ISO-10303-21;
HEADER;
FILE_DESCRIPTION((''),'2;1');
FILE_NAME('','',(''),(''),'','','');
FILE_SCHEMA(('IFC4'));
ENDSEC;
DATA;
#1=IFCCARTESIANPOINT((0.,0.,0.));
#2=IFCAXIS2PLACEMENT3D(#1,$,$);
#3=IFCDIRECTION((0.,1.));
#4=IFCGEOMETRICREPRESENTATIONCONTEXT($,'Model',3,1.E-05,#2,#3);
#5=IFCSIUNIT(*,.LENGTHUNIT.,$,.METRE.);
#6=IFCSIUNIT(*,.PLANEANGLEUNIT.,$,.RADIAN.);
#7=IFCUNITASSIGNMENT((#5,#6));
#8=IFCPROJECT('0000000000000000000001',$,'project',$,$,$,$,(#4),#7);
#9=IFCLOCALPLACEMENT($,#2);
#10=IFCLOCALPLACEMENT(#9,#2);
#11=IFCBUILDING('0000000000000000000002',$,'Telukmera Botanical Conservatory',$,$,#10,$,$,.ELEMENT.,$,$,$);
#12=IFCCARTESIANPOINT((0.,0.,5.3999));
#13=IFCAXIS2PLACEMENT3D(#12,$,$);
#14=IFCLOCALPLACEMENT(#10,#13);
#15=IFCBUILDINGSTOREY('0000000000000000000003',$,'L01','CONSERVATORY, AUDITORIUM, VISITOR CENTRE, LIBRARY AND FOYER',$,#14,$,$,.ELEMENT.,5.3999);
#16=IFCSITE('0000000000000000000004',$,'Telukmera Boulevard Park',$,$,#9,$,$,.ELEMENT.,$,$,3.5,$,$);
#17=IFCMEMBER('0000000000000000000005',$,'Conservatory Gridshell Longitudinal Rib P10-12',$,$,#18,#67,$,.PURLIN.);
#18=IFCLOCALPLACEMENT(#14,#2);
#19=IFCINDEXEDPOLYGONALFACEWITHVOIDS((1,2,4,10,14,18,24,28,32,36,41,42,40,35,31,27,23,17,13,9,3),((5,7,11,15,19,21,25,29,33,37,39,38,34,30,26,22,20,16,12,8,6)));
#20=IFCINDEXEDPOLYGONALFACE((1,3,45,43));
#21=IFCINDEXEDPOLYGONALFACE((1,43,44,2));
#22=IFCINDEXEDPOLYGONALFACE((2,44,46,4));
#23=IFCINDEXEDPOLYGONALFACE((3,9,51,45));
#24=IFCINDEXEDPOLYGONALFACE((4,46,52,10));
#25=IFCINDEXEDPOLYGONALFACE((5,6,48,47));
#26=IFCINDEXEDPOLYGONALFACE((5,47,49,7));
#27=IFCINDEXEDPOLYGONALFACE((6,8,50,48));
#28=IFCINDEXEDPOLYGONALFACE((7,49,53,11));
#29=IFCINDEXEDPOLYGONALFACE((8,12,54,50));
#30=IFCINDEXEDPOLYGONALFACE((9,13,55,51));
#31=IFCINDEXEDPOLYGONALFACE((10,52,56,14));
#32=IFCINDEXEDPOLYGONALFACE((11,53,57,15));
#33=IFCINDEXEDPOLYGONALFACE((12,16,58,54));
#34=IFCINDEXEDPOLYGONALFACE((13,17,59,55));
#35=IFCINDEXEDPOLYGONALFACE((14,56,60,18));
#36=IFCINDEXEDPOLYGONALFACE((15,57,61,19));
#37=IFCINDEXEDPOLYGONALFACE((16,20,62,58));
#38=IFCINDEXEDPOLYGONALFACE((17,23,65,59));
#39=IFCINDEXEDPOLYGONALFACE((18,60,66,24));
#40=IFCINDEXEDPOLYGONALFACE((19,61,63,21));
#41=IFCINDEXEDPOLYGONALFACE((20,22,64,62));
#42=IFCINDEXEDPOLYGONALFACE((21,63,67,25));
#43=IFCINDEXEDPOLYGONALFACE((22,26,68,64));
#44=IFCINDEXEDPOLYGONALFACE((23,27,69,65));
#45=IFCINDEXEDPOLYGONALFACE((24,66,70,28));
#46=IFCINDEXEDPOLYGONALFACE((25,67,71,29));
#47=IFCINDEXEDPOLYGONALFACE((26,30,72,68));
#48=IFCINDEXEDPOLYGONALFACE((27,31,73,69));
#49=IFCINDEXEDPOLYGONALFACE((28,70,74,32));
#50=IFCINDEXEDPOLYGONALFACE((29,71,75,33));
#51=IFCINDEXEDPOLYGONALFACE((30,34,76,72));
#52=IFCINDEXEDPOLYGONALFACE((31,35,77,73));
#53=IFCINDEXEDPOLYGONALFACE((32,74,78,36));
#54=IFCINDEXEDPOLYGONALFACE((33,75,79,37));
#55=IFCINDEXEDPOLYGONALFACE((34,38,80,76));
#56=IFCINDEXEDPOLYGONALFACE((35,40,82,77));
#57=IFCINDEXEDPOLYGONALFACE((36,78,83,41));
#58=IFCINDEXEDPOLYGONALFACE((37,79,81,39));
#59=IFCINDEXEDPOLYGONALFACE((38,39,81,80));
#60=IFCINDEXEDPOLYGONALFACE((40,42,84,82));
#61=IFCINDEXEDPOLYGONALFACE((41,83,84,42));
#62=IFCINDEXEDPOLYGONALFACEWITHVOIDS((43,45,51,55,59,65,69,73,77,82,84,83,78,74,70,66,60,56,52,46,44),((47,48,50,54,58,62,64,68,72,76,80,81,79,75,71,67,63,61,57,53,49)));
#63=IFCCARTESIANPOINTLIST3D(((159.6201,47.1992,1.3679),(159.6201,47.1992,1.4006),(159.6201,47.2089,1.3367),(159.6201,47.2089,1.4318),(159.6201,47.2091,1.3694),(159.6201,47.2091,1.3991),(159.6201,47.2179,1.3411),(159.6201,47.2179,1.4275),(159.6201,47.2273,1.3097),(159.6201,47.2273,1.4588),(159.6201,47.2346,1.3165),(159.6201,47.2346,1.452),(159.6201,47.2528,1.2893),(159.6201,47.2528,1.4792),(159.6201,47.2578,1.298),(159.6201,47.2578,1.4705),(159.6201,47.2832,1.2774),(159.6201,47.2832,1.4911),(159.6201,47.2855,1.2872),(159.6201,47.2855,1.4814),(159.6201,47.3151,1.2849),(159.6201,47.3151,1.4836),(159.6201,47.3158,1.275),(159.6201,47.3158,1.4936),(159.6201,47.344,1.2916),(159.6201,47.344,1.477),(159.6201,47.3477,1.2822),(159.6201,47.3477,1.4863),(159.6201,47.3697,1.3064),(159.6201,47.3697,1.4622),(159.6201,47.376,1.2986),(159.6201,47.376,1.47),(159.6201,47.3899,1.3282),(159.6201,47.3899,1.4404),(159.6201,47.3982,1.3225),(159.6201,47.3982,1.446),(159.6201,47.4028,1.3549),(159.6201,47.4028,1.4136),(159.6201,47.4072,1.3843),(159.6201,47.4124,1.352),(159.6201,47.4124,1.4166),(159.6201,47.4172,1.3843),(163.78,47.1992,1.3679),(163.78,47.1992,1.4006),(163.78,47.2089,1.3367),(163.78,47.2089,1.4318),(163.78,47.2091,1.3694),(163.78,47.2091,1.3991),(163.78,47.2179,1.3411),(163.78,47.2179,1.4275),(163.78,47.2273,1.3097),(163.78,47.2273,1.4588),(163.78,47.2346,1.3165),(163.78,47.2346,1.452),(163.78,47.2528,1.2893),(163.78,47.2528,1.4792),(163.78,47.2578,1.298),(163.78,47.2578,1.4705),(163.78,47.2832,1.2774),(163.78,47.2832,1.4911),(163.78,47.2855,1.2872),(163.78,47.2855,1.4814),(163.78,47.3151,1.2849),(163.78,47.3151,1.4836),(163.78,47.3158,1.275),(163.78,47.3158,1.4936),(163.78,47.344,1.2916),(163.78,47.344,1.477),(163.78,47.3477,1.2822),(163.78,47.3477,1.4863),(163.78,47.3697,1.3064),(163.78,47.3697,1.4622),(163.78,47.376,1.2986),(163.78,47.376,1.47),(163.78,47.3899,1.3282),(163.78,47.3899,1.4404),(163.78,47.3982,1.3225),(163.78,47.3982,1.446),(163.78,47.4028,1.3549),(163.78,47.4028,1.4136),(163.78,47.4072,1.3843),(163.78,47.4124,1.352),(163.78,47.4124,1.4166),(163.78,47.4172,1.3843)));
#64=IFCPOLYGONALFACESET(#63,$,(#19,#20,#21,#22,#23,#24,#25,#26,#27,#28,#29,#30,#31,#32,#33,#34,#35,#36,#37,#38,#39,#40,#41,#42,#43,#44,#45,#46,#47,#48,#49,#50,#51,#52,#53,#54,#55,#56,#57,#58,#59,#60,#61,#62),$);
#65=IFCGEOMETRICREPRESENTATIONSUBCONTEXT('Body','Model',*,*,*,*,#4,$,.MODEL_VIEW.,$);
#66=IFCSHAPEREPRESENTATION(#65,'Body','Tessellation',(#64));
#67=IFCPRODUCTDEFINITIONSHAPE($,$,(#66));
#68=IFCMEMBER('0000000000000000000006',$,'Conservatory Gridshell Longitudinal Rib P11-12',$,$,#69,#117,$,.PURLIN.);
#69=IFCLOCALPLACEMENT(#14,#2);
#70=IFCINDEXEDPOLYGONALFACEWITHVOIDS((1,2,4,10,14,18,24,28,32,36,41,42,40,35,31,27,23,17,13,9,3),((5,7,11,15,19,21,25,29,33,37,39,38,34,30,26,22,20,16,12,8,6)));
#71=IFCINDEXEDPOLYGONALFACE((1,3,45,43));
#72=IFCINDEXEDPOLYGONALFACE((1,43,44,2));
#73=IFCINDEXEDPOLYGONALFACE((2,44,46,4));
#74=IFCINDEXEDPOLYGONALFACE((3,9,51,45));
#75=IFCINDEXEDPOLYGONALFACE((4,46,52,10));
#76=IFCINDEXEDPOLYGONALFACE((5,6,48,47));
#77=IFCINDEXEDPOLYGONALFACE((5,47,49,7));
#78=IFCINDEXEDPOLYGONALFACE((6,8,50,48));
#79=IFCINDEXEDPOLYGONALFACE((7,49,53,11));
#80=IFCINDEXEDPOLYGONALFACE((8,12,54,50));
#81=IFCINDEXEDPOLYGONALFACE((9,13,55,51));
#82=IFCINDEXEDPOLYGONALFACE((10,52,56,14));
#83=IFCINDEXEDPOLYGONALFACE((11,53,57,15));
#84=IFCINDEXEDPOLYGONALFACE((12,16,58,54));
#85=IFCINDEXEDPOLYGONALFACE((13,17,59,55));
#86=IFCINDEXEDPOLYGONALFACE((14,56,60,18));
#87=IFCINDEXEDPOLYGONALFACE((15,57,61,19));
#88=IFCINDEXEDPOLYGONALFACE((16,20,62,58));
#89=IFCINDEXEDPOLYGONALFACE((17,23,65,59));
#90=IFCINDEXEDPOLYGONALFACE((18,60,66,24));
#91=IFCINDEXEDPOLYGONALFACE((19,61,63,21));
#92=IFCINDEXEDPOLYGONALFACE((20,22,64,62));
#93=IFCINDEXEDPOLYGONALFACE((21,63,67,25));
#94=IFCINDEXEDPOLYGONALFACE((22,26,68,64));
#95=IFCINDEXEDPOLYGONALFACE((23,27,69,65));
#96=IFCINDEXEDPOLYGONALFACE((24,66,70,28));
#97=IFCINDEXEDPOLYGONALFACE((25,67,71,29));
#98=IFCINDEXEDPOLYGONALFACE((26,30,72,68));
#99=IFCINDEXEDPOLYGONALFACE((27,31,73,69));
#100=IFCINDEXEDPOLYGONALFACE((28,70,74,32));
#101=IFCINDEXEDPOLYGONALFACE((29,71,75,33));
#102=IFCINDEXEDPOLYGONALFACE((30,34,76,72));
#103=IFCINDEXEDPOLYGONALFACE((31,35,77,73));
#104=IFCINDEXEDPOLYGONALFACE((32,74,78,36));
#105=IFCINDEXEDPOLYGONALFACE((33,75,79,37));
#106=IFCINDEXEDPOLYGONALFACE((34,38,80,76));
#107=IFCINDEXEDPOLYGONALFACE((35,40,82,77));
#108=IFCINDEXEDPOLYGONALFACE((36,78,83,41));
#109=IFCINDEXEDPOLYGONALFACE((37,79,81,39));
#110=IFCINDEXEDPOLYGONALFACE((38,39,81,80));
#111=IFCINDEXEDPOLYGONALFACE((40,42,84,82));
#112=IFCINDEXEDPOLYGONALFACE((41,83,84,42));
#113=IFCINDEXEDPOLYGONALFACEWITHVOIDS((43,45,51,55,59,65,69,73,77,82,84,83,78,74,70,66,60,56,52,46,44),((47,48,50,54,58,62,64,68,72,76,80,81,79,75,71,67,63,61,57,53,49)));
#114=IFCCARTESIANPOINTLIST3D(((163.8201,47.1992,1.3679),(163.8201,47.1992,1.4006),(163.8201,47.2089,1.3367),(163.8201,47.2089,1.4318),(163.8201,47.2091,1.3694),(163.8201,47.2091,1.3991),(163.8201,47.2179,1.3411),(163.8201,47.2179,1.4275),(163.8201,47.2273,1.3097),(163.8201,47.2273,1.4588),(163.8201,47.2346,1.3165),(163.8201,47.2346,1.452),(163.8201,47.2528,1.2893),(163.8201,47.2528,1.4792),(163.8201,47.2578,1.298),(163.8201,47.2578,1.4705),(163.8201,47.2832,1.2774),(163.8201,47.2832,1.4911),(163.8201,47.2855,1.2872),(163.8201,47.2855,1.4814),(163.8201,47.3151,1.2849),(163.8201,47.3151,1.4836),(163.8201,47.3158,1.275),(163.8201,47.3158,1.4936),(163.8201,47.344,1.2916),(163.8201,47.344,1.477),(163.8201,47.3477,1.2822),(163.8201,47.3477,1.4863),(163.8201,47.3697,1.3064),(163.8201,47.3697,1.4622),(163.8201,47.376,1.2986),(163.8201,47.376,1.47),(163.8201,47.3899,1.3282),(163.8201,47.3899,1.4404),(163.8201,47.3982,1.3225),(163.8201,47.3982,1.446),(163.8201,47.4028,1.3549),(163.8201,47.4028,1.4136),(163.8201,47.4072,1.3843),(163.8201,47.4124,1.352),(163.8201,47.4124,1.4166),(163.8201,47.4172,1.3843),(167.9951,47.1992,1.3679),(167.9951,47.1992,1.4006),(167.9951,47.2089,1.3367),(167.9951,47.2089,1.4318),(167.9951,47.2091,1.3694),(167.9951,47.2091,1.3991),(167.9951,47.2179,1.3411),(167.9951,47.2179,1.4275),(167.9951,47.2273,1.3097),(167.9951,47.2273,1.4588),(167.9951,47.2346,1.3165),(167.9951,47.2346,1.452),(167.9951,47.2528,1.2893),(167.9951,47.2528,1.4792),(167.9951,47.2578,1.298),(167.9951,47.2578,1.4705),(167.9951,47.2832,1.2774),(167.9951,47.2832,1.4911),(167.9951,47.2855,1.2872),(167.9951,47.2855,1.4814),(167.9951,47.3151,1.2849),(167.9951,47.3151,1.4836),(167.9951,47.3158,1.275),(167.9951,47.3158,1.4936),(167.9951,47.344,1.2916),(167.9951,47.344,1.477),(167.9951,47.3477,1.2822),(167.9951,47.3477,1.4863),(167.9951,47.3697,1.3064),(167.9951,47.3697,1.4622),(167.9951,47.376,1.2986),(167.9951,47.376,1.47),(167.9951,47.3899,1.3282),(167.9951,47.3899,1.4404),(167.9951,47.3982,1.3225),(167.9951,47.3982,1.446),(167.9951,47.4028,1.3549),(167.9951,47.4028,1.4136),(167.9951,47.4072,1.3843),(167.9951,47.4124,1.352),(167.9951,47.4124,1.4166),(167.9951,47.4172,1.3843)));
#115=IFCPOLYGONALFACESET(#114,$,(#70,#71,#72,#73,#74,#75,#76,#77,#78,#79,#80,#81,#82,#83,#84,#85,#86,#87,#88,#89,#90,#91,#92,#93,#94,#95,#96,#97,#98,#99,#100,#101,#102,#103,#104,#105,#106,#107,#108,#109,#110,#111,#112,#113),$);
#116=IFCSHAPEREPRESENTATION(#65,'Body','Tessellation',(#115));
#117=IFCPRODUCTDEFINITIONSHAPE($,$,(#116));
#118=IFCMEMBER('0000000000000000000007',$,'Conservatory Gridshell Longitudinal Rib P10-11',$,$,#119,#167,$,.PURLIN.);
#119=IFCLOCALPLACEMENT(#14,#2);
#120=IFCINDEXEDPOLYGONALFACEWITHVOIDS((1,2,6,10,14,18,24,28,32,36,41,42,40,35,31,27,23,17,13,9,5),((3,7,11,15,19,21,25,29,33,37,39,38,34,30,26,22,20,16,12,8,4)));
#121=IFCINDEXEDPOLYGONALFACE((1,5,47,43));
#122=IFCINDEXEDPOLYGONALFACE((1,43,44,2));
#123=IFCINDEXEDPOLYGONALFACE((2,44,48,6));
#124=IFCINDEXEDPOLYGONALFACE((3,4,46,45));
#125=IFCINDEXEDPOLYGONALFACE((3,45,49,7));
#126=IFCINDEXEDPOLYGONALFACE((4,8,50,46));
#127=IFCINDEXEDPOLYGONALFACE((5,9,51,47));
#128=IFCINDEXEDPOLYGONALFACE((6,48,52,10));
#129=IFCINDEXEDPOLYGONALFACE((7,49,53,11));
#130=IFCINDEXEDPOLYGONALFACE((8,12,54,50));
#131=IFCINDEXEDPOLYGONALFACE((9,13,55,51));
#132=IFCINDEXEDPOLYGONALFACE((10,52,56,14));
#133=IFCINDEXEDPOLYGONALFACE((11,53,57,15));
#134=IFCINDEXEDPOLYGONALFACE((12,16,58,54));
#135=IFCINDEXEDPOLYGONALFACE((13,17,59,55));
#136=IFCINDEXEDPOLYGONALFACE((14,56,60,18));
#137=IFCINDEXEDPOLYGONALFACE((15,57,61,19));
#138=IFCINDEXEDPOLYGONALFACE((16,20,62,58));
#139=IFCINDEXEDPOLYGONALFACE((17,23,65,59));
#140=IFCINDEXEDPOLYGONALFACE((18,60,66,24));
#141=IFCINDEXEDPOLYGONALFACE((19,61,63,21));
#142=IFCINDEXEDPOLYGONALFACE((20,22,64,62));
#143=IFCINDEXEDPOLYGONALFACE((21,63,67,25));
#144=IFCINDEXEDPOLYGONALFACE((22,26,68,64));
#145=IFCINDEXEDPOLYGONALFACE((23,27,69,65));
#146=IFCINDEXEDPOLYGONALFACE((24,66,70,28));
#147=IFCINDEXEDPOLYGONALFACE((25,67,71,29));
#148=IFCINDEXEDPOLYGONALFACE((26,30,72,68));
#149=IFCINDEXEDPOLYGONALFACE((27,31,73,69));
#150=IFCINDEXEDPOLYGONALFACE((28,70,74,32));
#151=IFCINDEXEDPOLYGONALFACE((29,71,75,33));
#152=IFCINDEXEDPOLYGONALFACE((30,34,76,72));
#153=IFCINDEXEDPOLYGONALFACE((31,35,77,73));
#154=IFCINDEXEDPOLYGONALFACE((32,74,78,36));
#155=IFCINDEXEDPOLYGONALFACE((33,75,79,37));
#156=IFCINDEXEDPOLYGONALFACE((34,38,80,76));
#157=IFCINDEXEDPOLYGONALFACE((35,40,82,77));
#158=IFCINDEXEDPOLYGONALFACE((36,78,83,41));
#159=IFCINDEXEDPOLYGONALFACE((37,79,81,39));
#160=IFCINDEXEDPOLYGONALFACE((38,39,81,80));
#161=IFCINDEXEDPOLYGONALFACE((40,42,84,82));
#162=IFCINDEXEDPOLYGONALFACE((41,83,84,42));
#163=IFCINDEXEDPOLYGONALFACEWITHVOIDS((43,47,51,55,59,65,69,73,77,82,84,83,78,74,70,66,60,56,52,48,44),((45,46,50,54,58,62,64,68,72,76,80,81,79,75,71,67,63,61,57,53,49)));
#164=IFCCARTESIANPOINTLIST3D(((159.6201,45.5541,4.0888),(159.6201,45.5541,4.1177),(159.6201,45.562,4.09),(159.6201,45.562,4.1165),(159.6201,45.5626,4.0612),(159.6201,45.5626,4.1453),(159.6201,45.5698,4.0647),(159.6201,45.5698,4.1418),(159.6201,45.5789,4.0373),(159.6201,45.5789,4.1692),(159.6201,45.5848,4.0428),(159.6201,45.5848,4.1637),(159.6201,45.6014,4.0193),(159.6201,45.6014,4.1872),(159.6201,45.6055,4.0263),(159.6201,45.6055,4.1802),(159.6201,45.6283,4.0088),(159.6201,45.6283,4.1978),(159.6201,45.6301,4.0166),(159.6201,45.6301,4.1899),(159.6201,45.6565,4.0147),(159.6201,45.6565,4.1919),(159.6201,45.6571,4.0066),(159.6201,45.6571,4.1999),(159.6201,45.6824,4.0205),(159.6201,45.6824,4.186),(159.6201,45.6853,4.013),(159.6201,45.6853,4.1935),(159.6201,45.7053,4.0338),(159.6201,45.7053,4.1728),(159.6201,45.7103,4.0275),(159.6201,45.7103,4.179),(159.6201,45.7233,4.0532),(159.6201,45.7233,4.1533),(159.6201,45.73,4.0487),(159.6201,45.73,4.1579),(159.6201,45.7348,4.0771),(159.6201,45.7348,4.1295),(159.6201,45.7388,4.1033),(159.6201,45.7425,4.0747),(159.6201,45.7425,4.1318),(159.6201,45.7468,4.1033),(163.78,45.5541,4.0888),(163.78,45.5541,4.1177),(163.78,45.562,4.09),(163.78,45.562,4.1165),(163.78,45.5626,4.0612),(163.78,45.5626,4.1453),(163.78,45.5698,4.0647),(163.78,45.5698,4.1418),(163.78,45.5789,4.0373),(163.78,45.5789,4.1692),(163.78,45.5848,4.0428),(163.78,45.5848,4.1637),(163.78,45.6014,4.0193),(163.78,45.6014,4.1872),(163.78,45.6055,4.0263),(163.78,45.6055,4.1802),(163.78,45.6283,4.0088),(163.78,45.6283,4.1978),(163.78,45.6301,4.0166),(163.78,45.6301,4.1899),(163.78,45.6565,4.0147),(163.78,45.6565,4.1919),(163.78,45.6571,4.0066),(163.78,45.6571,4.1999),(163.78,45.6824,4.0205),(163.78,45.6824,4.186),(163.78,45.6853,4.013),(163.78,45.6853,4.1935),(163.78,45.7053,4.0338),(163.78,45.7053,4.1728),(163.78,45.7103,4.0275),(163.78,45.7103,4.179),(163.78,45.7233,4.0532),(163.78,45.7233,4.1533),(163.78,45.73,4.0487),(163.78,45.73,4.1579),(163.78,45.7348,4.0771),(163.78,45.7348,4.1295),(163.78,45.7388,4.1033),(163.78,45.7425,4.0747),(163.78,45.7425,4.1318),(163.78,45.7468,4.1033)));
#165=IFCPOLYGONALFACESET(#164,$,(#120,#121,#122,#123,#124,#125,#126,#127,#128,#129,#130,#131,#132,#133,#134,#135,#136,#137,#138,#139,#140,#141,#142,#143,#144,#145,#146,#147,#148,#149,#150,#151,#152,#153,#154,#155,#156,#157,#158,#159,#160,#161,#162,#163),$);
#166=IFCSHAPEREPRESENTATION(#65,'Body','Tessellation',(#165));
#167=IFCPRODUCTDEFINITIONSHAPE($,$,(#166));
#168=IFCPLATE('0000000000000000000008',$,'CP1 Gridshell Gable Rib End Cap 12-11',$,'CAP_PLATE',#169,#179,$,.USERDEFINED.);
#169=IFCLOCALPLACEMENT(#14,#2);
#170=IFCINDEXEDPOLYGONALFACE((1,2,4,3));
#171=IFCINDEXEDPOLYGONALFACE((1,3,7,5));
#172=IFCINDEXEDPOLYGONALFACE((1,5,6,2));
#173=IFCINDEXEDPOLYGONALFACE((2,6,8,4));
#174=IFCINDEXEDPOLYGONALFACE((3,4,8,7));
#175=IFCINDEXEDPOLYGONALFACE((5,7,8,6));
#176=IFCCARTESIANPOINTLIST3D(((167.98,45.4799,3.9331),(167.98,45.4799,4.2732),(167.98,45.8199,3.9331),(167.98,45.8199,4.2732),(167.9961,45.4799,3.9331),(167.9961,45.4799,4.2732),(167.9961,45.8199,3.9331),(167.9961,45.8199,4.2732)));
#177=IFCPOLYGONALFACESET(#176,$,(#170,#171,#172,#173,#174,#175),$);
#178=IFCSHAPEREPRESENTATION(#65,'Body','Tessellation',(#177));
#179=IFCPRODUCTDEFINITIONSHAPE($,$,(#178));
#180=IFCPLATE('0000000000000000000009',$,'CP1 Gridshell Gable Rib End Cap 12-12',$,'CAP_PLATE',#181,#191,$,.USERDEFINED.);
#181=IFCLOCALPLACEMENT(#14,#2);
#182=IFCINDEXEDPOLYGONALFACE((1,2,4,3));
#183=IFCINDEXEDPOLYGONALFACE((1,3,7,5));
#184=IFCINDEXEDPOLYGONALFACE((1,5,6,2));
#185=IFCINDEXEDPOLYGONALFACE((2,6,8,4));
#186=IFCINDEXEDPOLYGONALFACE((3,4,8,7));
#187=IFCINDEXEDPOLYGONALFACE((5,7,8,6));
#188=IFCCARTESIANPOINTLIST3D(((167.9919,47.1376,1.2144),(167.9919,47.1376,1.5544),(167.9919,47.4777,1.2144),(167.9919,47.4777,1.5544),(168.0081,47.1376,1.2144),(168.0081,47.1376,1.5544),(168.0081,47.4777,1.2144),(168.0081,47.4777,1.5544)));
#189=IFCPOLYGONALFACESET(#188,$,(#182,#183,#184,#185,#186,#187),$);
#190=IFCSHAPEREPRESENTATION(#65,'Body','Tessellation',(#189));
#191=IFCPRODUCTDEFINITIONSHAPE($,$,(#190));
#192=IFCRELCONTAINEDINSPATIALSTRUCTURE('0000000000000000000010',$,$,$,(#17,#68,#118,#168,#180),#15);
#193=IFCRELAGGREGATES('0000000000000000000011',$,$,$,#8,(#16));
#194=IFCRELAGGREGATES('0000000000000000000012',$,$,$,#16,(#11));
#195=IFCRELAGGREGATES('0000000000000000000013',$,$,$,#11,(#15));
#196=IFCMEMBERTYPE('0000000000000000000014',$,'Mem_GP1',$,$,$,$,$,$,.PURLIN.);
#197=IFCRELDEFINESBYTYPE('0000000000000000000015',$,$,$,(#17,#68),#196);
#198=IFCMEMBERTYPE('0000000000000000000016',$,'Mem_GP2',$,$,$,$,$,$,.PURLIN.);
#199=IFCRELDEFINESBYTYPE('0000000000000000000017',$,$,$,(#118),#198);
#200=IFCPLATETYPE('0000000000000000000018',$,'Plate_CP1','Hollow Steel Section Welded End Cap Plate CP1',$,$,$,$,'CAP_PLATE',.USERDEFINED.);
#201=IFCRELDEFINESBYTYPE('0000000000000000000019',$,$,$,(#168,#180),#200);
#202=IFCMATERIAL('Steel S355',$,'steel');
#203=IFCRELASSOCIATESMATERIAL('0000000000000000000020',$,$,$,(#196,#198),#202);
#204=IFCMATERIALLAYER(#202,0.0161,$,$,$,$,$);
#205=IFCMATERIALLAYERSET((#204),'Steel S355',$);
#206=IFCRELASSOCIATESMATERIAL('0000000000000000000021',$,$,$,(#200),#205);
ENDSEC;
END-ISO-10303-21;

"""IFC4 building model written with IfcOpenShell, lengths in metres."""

from ifc_helpers import new_model, si_unit, direction, frame, origin, origin_2d, place, context, subcontext, project, spatial, rectangle, hollow_circle, extrude, material, layer, layer_set, material_profile, profile_set, type_object, element, save


model = new_model("IFC4")

# Units and contexts
model_context = context("Model", 3, precision=1e-05, world=origin(), true_north=direction((0.0, 1.0)))
body_context = subcontext(model_context, "Body", "Model", "MODEL_VIEW")
ifc_project = project(units=[si_unit("LENGTHUNIT", "METRE"), si_unit("PLANEANGLEUNIT", "RADIAN")], contexts=[model_context])

# Site, building, storey
site_placement = place(None, origin())
site = spatial("IfcSite", under=ifc_project, at=site_placement, Name="Telukmera Boulevard Park", CompositionType="ELEMENT", RefElevation=3.5)
building_placement = place(site_placement, origin())
building = spatial("IfcBuilding", under=site, at=building_placement, Name="Telukmera Botanical Conservatory", CompositionType="ELEMENT")
storey_placement = place(building_placement, frame((0.0, 0.0, 5.3999)))
storey = spatial("IfcBuildingStorey", under=building, at=storey_placement, Name="L01", Description="CONSERVATORY, AUDITORIUM, VISITOR CENTRE, LIBRARY AND FOYER", CompositionType="ELEMENT", Elevation=5.3999)

# Shared definitions
ifc_material_1 = material(Name="Steel S355", Category="steel")

# Members
ifc_material_profile_1 = material_profile(ifc_material_1, hollow_circle(Radius=0.1096, WallThickness=0.01, at=origin_2d()), Name="CHS 219.1x10.0")
ifc_profile_set_1 = profile_set([ifc_material_profile_1], Name="Steel S355")
member_type_1 = type_object("IfcMemberType", Name="Mem_GP1", PredefinedType="PURLIN", material=ifc_profile_set_1)
member_1_placement = place(storey_placement, frame((159.6201, 47.3076, 1.3843), z_axis=(1.0, 0.0, 0.0), x_axis=(0.0, 1.0, 0.0)))
element("IfcMember", 1, at=member_1_placement, inside=storey, type_object=member_type_1, Name="Conservatory Gridshell Longitudinal Rib P10-12", PredefinedType="PURLIN", context=body_context, shape_type="SweptSolid", body=[
    extrude(hollow_circle(Radius=0.1096, WallThickness=0.01, at=origin_2d()), origin(), (0.0, 0.0, 1.0), 4.1599),
])
member_2_placement = place(storey_placement, frame((163.8201, 47.3076, 1.3843), z_axis=(1.0, 0.0, 0.0), x_axis=(0.0, 1.0, 0.0)))
element("IfcMember", 2, at=member_2_placement, inside=storey, type_object=member_type_1, Name="Conservatory Gridshell Longitudinal Rib P11-12", PredefinedType="PURLIN", context=body_context, shape_type="SweptSolid", body=[
    extrude(hollow_circle(Radius=0.1096, WallThickness=0.01, at=origin_2d()), origin(), (0.0, 0.0, 1.0), 4.175),
])
ifc_material_profile_2 = material_profile(ifc_material_1, hollow_circle(Radius=0.0969, WallThickness=0.0081, at=origin_2d()), Name="CHS 193.7x8.0")
ifc_profile_set_2 = profile_set([ifc_material_profile_2], Name="Steel S355")
member_type_2 = type_object("IfcMemberType", Name="Mem_GP2", PredefinedType="PURLIN", material=ifc_profile_set_2)
member_3_placement = place(storey_placement, frame((159.6201, 45.6499, 4.1033), z_axis=(1.0, 0.0, 0.0), x_axis=(0.0, 1.0, 0.0)))
element("IfcMember", 3, at=member_3_placement, inside=storey, type_object=member_type_2, Name="Conservatory Gridshell Longitudinal Rib P10-11", PredefinedType="PURLIN", context=body_context, shape_type="SweptSolid", body=[
    extrude(hollow_circle(Radius=0.0969, WallThickness=0.0081, at=origin_2d()), origin(), (0.0, 0.0, 1.0), 4.1599),
])

# Plates
ifc_layer_1 = layer(ifc_material_1, 0.0161)
ifc_layer_set_1 = layer_set([ifc_layer_1], Name="Steel S355")
plate_type_1 = type_object("IfcPlateType", Name="Plate_CP1", Description="Hollow Steel Section Welded End Cap Plate CP1", ElementType="CAP_PLATE", PredefinedType="USERDEFINED", material=ifc_layer_set_1)
for number, where, z_axis, x_axis, name in (
    (4, (167.988, 45.6499, 3.9331), (0.0, 0.0, 1.0), (1.0, 0.0, 0.0), "CP1 Gridshell Gable Rib End Cap 12-11"),
    (5, (168.0, 47.3076, 1.2144), (0.0, 0.0, 1.0), (1.0, 0.0, 0.0), "CP1 Gridshell Gable Rib End Cap 12-12"),
):
    element("IfcPlate", number, at=place(storey_placement, frame(where, z_axis=z_axis, x_axis=x_axis)), inside=storey, type_object=plate_type_1, Name=name, ObjectType="CAP_PLATE", PredefinedType="USERDEFINED", context=body_context, shape_type="SweptSolid", body=[
        extrude(rectangle(XDim=0.0161, YDim=0.3401, at=origin_2d()), origin(), (0.0, 0.0, 1.0), 0.3401),
    ])

save(model, "model.ifc")
